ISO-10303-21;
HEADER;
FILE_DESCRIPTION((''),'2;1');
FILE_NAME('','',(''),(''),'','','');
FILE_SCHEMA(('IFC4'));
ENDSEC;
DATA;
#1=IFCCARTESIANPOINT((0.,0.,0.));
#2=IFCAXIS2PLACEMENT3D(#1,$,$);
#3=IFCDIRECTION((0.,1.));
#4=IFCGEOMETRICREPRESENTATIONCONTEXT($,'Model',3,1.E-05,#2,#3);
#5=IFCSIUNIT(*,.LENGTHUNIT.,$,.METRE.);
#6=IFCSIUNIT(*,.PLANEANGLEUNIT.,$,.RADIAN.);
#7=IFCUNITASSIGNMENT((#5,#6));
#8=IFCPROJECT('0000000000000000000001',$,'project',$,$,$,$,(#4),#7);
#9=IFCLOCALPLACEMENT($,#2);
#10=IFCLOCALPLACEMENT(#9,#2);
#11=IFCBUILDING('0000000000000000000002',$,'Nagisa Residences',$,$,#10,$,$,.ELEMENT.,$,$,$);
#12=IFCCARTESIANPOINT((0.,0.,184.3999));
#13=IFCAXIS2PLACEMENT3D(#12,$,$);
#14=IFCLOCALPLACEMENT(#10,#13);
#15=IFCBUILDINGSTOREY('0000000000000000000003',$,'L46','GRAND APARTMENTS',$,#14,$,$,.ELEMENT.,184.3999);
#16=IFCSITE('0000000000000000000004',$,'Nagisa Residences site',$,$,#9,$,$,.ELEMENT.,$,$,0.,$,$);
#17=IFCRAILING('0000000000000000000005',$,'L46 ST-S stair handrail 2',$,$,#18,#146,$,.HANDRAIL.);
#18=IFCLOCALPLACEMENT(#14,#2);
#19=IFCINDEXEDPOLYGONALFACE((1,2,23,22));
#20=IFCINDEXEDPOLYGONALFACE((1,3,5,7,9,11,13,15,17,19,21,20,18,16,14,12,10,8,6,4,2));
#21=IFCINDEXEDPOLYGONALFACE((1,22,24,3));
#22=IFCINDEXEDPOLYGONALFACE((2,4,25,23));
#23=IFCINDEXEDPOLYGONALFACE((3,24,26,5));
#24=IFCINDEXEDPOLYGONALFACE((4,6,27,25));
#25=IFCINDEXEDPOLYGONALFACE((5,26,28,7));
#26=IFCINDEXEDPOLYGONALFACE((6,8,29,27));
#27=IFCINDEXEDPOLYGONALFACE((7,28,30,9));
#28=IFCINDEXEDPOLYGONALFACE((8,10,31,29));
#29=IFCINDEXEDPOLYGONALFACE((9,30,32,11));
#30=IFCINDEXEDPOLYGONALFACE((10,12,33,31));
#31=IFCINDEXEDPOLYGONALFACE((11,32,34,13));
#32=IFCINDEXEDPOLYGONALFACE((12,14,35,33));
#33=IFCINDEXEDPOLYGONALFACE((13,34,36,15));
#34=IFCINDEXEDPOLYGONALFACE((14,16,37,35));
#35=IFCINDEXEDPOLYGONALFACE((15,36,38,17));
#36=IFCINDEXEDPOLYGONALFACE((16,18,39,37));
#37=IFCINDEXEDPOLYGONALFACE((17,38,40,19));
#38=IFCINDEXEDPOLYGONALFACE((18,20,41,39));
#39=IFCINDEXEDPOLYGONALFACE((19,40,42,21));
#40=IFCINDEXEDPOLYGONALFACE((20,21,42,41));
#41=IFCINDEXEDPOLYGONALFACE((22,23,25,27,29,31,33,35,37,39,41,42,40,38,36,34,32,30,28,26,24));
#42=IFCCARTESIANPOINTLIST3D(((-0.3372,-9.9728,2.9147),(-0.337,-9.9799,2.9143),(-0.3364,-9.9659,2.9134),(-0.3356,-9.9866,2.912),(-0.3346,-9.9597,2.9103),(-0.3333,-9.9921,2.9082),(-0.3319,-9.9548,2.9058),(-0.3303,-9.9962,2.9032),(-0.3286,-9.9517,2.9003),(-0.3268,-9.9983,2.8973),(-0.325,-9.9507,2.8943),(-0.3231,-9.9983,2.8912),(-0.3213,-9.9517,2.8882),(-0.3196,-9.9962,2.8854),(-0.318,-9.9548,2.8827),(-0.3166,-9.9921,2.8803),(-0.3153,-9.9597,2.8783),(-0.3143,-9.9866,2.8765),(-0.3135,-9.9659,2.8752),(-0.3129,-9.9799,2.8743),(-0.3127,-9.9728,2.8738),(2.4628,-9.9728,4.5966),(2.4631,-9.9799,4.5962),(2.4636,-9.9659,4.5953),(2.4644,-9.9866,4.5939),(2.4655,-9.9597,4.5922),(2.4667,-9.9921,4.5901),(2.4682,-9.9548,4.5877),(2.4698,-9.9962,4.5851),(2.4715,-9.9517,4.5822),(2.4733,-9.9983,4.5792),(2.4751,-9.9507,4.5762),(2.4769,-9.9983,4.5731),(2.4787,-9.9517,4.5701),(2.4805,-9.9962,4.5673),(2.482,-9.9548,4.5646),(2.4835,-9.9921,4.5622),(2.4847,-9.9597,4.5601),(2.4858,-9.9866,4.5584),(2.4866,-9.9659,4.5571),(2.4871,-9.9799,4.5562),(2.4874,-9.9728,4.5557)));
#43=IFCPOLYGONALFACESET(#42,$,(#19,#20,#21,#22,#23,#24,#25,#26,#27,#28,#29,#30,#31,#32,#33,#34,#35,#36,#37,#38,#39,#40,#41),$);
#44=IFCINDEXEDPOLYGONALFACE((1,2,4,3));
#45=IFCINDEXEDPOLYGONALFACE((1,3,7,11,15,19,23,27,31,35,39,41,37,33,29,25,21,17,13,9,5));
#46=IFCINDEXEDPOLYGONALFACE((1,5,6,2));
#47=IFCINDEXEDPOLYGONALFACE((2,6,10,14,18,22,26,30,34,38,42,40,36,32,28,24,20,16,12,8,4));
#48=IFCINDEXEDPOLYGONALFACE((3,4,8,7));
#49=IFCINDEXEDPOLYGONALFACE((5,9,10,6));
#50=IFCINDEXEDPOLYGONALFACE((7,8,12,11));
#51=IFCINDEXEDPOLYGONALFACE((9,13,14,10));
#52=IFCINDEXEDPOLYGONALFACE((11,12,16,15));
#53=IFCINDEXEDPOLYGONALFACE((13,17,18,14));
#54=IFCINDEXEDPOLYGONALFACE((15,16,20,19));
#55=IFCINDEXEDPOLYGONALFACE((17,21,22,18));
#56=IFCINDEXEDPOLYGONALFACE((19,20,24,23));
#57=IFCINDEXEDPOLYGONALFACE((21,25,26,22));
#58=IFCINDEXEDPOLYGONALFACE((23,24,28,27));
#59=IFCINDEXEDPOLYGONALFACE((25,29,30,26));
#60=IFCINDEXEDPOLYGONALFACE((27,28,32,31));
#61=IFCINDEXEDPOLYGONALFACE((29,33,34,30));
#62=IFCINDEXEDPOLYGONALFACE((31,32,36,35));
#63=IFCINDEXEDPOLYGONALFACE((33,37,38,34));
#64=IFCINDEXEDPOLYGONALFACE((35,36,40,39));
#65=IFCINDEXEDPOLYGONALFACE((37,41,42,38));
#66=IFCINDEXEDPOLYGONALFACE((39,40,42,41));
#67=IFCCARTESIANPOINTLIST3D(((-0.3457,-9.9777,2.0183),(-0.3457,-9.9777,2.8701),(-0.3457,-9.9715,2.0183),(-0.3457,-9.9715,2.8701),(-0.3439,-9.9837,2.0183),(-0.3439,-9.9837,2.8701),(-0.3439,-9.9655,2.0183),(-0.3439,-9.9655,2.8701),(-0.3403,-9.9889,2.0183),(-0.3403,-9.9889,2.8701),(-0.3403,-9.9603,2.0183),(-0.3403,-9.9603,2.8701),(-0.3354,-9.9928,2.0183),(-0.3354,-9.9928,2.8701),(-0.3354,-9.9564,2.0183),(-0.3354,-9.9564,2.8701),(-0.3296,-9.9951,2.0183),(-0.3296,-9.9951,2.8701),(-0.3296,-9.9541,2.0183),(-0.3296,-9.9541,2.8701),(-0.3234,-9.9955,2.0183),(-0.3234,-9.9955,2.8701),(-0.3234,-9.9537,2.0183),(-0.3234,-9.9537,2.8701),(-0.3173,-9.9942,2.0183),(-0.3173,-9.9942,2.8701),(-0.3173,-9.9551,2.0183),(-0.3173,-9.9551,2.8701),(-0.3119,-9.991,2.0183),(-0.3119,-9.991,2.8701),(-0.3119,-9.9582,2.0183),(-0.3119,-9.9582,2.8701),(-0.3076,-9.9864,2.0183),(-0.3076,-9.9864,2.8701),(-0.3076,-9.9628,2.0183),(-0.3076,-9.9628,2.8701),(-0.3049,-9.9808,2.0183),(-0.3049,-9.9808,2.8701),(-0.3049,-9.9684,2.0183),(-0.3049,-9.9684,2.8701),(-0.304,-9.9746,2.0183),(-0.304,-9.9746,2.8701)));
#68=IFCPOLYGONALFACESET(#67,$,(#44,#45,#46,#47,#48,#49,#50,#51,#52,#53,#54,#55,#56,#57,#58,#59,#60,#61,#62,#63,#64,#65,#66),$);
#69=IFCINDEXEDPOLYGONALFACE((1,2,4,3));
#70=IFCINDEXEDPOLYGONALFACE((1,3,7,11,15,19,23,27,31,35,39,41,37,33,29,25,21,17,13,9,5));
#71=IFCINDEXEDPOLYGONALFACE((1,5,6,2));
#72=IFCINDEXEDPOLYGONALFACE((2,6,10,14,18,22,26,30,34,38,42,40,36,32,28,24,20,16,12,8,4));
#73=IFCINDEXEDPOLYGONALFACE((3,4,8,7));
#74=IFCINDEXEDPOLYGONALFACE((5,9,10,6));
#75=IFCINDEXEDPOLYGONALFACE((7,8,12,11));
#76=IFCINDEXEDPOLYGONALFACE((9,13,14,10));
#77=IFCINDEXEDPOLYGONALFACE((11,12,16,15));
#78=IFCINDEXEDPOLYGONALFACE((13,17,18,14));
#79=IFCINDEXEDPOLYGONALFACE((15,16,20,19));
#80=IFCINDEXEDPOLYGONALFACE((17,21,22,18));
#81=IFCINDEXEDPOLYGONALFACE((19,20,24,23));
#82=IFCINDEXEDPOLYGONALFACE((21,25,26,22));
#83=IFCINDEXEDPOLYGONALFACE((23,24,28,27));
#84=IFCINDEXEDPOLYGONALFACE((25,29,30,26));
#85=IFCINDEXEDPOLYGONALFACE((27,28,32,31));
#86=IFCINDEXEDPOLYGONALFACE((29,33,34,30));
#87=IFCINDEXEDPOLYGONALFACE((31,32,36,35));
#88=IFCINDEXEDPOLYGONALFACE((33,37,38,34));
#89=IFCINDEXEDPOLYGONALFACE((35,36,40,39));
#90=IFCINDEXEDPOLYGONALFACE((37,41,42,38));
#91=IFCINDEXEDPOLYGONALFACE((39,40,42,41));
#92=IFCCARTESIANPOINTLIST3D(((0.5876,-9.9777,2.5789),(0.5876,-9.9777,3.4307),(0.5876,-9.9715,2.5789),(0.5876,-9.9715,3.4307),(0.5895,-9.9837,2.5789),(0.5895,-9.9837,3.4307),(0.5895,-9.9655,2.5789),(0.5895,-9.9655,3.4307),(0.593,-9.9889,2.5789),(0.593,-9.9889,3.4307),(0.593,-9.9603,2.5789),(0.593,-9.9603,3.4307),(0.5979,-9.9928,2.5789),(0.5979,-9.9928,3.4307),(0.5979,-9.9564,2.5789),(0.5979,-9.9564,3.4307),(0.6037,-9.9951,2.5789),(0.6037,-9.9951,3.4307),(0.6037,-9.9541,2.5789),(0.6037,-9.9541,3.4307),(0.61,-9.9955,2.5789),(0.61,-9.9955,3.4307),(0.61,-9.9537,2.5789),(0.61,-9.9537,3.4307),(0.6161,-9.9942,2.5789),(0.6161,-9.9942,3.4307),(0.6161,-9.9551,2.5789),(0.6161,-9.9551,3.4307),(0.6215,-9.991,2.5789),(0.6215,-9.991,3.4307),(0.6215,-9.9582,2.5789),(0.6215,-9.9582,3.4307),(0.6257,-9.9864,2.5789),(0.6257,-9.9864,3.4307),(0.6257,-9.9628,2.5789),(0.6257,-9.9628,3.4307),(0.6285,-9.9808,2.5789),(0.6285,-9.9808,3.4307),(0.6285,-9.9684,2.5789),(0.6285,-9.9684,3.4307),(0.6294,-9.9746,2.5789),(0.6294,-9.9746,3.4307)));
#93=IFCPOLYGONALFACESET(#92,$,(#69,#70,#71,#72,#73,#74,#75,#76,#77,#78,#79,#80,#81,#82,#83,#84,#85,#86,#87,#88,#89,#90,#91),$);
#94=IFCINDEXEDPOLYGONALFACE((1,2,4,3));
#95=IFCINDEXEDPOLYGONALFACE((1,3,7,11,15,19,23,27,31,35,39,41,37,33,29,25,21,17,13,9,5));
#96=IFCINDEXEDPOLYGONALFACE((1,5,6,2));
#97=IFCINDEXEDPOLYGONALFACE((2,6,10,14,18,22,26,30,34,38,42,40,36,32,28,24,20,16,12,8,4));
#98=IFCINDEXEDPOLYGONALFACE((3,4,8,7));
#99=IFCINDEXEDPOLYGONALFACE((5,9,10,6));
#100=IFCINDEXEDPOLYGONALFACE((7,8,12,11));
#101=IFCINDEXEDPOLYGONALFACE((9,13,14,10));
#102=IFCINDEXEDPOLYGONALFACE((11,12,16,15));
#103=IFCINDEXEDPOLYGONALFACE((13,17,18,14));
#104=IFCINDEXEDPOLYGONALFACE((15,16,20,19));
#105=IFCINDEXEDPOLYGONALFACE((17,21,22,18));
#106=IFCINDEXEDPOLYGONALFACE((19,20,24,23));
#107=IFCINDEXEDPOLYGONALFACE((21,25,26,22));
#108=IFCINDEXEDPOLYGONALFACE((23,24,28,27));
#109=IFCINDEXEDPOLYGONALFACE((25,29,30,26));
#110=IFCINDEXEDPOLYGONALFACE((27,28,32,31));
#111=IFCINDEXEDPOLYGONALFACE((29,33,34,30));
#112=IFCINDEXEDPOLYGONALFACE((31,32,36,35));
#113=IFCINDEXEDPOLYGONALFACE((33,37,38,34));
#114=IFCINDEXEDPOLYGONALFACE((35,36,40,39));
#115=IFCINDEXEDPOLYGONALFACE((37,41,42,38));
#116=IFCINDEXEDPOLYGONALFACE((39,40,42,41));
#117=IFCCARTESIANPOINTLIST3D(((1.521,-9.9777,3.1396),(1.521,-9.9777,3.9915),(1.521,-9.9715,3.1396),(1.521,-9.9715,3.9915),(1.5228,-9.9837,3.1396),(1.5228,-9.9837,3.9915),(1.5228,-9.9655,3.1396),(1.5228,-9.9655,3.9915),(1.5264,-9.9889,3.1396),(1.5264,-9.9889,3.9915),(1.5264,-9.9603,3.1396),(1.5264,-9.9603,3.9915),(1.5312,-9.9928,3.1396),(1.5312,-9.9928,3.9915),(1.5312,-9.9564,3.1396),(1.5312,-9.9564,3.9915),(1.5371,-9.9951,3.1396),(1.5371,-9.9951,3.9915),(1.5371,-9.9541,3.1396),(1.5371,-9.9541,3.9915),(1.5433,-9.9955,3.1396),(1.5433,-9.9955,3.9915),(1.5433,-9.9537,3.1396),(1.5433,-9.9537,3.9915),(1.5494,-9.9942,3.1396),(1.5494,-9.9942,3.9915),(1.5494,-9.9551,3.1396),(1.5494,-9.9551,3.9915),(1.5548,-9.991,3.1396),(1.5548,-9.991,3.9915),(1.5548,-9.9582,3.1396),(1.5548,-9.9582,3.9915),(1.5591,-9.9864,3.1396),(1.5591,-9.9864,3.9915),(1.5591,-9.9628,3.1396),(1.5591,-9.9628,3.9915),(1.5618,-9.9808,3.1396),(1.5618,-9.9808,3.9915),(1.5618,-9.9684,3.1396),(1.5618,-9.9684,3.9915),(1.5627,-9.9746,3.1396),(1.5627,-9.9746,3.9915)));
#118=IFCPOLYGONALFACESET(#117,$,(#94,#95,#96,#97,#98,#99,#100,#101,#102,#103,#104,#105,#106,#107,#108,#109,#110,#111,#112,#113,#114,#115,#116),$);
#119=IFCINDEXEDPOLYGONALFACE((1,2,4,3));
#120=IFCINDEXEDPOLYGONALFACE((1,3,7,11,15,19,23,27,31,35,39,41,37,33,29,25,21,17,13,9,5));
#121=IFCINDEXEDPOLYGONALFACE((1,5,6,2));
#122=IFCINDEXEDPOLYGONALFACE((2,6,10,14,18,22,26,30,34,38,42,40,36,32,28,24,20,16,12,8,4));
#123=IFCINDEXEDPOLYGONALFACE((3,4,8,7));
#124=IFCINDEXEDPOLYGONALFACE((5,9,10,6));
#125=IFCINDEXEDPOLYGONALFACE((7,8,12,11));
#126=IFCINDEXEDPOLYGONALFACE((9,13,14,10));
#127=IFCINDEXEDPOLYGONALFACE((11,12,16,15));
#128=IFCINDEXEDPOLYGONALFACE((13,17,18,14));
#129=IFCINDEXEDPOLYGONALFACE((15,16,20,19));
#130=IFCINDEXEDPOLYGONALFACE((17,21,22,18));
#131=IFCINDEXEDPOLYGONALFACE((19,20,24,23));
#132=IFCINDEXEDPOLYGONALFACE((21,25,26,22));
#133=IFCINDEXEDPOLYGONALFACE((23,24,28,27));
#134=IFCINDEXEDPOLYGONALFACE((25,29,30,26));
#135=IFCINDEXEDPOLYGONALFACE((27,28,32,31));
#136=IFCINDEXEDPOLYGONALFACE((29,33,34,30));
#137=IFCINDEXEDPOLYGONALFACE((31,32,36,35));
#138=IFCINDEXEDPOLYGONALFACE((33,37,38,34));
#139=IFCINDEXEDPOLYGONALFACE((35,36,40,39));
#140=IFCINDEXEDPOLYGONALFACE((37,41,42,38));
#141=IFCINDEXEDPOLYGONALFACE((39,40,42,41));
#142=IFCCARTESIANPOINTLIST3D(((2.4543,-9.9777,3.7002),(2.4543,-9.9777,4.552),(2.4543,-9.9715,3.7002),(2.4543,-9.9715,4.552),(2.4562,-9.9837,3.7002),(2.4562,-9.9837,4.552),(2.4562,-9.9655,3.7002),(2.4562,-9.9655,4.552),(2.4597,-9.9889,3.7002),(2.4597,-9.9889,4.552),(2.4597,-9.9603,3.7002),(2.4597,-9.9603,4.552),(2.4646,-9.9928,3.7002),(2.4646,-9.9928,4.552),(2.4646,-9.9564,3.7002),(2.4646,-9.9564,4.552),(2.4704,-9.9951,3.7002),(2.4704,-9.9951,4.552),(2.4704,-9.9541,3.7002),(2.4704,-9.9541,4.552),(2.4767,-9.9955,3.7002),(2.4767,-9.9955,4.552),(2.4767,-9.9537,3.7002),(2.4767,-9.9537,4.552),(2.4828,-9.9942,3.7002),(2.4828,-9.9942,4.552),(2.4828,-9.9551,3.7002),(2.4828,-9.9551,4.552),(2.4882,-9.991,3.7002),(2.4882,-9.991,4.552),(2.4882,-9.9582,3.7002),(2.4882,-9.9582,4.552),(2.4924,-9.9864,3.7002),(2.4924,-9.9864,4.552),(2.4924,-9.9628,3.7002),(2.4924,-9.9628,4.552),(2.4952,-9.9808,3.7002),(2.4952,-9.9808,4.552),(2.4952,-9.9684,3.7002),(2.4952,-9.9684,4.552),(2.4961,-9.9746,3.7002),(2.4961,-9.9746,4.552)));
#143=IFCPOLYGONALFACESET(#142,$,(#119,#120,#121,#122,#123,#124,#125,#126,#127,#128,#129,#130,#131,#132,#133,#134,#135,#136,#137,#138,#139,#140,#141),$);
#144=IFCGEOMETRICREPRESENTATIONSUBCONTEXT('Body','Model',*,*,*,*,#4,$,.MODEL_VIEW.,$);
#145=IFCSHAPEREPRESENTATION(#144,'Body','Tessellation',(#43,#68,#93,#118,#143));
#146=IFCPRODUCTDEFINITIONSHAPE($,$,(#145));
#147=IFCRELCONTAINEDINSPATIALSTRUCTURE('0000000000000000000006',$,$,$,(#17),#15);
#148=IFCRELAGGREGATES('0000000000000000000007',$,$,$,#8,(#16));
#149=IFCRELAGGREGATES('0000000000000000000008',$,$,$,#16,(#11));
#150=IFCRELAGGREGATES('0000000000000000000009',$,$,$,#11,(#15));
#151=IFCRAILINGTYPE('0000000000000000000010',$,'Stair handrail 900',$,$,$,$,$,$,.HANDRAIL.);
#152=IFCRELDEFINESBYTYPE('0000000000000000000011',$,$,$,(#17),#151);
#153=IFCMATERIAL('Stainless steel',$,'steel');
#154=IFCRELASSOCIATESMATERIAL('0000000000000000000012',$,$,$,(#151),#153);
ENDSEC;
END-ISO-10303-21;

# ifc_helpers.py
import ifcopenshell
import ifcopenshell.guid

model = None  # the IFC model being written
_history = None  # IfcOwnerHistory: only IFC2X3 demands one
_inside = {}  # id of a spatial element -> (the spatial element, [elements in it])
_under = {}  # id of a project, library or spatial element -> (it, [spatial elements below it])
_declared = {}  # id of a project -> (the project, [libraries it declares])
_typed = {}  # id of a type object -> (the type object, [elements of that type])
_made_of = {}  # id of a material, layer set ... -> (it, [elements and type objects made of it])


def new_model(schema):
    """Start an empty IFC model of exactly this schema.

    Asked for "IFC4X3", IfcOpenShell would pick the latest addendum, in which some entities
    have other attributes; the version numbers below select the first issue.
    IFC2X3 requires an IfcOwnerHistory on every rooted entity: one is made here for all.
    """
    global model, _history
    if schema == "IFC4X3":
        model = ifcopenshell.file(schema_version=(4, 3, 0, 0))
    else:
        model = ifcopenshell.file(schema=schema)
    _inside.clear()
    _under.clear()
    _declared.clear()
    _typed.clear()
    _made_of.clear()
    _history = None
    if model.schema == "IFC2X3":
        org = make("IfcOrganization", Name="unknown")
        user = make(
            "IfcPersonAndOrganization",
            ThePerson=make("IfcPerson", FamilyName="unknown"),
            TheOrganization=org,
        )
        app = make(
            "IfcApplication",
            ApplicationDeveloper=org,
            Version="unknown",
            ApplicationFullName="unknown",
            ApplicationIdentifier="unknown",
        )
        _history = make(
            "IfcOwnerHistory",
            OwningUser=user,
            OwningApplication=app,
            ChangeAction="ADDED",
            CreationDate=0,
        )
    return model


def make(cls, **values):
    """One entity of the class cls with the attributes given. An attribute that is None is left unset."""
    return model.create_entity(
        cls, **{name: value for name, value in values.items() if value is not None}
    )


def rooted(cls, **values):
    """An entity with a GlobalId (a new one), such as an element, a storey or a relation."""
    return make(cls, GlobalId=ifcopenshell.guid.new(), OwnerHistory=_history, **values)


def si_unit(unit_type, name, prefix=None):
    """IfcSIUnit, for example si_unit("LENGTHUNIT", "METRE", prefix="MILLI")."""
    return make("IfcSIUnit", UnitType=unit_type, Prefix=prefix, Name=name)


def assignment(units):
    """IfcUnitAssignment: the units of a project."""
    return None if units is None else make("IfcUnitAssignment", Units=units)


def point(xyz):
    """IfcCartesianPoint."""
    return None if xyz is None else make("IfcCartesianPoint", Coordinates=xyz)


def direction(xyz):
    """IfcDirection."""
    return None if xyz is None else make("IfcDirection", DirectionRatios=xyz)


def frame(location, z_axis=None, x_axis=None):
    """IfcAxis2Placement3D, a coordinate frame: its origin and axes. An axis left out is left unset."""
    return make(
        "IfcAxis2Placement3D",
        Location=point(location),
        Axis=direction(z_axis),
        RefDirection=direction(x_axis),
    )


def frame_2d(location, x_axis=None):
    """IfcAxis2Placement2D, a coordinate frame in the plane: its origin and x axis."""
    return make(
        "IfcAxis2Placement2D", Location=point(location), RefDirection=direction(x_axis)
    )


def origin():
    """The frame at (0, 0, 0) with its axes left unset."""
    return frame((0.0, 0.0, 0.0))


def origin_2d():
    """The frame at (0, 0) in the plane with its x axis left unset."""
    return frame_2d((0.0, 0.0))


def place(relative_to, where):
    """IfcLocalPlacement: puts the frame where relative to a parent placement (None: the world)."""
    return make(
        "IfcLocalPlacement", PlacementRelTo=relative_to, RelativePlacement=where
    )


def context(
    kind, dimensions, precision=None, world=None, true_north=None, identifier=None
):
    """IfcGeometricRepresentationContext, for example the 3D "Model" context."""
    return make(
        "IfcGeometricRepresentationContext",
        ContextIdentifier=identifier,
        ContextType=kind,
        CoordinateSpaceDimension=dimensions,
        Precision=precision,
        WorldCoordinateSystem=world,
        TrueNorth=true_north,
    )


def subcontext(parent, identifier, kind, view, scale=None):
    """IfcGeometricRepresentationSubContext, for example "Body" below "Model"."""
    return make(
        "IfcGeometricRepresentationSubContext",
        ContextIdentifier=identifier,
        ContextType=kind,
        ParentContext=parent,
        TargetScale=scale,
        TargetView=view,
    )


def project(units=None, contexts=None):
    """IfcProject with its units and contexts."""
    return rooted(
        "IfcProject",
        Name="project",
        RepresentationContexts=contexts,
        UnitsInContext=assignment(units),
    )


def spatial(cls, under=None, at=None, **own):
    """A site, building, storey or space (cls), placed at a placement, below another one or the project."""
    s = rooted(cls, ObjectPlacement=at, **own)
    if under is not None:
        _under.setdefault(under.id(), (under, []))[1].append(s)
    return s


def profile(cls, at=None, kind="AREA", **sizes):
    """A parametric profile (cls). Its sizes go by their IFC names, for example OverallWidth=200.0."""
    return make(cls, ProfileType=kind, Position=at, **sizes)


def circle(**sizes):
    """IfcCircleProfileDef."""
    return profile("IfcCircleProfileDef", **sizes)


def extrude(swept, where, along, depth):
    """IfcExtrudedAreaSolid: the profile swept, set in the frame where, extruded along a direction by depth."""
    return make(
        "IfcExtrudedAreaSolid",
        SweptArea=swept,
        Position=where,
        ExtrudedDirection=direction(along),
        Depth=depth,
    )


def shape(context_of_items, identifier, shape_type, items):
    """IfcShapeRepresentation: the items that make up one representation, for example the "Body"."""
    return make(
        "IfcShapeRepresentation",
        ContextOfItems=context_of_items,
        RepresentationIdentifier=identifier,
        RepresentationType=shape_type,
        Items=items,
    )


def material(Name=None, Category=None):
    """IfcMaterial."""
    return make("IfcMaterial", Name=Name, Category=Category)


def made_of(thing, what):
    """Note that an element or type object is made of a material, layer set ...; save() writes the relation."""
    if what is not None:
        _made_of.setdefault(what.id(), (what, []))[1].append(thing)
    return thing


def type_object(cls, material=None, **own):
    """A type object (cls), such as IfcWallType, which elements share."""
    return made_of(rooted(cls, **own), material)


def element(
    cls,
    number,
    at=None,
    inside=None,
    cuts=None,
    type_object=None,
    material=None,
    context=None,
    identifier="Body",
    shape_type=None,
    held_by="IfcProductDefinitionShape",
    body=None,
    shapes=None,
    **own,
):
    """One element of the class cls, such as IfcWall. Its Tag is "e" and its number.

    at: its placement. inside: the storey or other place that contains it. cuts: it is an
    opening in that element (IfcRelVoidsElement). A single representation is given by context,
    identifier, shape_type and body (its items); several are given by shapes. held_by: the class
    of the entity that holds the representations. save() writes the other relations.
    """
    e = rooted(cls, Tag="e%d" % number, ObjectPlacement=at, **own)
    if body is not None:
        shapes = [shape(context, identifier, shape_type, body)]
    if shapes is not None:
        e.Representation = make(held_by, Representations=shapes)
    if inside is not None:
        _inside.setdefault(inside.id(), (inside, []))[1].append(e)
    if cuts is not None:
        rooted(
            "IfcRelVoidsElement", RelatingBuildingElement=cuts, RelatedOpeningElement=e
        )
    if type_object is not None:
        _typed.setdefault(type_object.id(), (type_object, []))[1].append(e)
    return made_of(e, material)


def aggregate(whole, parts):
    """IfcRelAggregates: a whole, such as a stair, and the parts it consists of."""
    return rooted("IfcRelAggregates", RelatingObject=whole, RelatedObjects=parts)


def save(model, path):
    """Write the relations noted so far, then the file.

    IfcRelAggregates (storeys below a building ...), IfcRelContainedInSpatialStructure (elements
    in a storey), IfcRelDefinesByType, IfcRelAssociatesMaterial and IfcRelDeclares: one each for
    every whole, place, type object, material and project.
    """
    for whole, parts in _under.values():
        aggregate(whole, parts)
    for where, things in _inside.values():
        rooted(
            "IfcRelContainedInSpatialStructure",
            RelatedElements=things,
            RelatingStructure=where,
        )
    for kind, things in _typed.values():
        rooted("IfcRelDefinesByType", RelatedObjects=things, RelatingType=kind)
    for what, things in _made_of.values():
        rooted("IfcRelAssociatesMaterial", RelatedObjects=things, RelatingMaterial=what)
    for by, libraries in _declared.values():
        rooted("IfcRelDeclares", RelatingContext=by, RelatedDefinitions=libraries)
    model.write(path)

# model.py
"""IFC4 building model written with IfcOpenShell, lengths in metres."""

from ifc_helpers import new_model, si_unit, direction, frame, origin, origin_2d, place, context, subcontext, project, spatial, circle, extrude, material, type_object, element, save


model = new_model("IFC4")

# Units and contexts
model_context = context("Model", 3, precision=1e-05, world=origin(), true_north=direction((0.0, 1.0)))
body_context = subcontext(model_context, "Body", "Model", "MODEL_VIEW")
ifc_project = project(units=[si_unit("LENGTHUNIT", "METRE"), si_unit("PLANEANGLEUNIT", "RADIAN")], contexts=[model_context])

# Site, building, storey
site_placement = place(None, origin())
site = spatial("IfcSite", under=ifc_project, at=site_placement, Name="Nagisa Residences site", CompositionType="ELEMENT", RefElevation=0.0)
building_placement = place(site_placement, origin())
building = spatial("IfcBuilding", under=site, at=building_placement, Name="Nagisa Residences", CompositionType="ELEMENT")
storey_placement = place(building_placement, frame((0.0, 0.0, 184.3999)))
storey = spatial("IfcBuildingStorey", under=building, at=storey_placement, Name="L46", Description="GRAND APARTMENTS", CompositionType="ELEMENT", Elevation=184.3999)

# Railing
ifc_material_1 = material(Name="Stainless steel", Category="steel")
railing_type = type_object("IfcRailingType", Name="Stair handrail 900", PredefinedType="HANDRAIL", material=ifc_material_1)
railing_placement = place(storey_placement, frame((-0.325, -9.9746, 2.0183)))
element("IfcRailing", 1, at=railing_placement, inside=storey, type_object=railing_type, Name="L46 ST-S stair handrail 2", PredefinedType="HANDRAIL", context=body_context, shape_type="SweptSolid", body=[
    extrude(circle(Radius=0.0239, at=origin_2d()), frame((0.0, 0.0, 0.876), z_axis=(0.857242, 0.0, 0.514913), x_axis=(0.0, 1.0, 0.0)), (0.0, 0.0, 1.0), 3.2664),
    extrude(circle(Radius=0.021, at=origin_2d()), origin(), (0.0, 0.0, 1.0), 0.8518),
    extrude(circle(Radius=0.021, at=origin_2d()), frame((0.9333, 0.0, 0.5605)), (0.0, 0.0, 1.0), 0.8518),
    extrude(circle(Radius=0.021, at=origin_2d()), frame((1.8667, 0.0, 1.1213)), (0.0, 0.0, 1.0), 0.8518),
    extrude(circle(Radius=0.021, at=origin_2d()), frame((2.8, 0.0, 1.6819)), (0.0, 0.0, 1.0), 0.8518),
])

save(model, "model.ifc")
